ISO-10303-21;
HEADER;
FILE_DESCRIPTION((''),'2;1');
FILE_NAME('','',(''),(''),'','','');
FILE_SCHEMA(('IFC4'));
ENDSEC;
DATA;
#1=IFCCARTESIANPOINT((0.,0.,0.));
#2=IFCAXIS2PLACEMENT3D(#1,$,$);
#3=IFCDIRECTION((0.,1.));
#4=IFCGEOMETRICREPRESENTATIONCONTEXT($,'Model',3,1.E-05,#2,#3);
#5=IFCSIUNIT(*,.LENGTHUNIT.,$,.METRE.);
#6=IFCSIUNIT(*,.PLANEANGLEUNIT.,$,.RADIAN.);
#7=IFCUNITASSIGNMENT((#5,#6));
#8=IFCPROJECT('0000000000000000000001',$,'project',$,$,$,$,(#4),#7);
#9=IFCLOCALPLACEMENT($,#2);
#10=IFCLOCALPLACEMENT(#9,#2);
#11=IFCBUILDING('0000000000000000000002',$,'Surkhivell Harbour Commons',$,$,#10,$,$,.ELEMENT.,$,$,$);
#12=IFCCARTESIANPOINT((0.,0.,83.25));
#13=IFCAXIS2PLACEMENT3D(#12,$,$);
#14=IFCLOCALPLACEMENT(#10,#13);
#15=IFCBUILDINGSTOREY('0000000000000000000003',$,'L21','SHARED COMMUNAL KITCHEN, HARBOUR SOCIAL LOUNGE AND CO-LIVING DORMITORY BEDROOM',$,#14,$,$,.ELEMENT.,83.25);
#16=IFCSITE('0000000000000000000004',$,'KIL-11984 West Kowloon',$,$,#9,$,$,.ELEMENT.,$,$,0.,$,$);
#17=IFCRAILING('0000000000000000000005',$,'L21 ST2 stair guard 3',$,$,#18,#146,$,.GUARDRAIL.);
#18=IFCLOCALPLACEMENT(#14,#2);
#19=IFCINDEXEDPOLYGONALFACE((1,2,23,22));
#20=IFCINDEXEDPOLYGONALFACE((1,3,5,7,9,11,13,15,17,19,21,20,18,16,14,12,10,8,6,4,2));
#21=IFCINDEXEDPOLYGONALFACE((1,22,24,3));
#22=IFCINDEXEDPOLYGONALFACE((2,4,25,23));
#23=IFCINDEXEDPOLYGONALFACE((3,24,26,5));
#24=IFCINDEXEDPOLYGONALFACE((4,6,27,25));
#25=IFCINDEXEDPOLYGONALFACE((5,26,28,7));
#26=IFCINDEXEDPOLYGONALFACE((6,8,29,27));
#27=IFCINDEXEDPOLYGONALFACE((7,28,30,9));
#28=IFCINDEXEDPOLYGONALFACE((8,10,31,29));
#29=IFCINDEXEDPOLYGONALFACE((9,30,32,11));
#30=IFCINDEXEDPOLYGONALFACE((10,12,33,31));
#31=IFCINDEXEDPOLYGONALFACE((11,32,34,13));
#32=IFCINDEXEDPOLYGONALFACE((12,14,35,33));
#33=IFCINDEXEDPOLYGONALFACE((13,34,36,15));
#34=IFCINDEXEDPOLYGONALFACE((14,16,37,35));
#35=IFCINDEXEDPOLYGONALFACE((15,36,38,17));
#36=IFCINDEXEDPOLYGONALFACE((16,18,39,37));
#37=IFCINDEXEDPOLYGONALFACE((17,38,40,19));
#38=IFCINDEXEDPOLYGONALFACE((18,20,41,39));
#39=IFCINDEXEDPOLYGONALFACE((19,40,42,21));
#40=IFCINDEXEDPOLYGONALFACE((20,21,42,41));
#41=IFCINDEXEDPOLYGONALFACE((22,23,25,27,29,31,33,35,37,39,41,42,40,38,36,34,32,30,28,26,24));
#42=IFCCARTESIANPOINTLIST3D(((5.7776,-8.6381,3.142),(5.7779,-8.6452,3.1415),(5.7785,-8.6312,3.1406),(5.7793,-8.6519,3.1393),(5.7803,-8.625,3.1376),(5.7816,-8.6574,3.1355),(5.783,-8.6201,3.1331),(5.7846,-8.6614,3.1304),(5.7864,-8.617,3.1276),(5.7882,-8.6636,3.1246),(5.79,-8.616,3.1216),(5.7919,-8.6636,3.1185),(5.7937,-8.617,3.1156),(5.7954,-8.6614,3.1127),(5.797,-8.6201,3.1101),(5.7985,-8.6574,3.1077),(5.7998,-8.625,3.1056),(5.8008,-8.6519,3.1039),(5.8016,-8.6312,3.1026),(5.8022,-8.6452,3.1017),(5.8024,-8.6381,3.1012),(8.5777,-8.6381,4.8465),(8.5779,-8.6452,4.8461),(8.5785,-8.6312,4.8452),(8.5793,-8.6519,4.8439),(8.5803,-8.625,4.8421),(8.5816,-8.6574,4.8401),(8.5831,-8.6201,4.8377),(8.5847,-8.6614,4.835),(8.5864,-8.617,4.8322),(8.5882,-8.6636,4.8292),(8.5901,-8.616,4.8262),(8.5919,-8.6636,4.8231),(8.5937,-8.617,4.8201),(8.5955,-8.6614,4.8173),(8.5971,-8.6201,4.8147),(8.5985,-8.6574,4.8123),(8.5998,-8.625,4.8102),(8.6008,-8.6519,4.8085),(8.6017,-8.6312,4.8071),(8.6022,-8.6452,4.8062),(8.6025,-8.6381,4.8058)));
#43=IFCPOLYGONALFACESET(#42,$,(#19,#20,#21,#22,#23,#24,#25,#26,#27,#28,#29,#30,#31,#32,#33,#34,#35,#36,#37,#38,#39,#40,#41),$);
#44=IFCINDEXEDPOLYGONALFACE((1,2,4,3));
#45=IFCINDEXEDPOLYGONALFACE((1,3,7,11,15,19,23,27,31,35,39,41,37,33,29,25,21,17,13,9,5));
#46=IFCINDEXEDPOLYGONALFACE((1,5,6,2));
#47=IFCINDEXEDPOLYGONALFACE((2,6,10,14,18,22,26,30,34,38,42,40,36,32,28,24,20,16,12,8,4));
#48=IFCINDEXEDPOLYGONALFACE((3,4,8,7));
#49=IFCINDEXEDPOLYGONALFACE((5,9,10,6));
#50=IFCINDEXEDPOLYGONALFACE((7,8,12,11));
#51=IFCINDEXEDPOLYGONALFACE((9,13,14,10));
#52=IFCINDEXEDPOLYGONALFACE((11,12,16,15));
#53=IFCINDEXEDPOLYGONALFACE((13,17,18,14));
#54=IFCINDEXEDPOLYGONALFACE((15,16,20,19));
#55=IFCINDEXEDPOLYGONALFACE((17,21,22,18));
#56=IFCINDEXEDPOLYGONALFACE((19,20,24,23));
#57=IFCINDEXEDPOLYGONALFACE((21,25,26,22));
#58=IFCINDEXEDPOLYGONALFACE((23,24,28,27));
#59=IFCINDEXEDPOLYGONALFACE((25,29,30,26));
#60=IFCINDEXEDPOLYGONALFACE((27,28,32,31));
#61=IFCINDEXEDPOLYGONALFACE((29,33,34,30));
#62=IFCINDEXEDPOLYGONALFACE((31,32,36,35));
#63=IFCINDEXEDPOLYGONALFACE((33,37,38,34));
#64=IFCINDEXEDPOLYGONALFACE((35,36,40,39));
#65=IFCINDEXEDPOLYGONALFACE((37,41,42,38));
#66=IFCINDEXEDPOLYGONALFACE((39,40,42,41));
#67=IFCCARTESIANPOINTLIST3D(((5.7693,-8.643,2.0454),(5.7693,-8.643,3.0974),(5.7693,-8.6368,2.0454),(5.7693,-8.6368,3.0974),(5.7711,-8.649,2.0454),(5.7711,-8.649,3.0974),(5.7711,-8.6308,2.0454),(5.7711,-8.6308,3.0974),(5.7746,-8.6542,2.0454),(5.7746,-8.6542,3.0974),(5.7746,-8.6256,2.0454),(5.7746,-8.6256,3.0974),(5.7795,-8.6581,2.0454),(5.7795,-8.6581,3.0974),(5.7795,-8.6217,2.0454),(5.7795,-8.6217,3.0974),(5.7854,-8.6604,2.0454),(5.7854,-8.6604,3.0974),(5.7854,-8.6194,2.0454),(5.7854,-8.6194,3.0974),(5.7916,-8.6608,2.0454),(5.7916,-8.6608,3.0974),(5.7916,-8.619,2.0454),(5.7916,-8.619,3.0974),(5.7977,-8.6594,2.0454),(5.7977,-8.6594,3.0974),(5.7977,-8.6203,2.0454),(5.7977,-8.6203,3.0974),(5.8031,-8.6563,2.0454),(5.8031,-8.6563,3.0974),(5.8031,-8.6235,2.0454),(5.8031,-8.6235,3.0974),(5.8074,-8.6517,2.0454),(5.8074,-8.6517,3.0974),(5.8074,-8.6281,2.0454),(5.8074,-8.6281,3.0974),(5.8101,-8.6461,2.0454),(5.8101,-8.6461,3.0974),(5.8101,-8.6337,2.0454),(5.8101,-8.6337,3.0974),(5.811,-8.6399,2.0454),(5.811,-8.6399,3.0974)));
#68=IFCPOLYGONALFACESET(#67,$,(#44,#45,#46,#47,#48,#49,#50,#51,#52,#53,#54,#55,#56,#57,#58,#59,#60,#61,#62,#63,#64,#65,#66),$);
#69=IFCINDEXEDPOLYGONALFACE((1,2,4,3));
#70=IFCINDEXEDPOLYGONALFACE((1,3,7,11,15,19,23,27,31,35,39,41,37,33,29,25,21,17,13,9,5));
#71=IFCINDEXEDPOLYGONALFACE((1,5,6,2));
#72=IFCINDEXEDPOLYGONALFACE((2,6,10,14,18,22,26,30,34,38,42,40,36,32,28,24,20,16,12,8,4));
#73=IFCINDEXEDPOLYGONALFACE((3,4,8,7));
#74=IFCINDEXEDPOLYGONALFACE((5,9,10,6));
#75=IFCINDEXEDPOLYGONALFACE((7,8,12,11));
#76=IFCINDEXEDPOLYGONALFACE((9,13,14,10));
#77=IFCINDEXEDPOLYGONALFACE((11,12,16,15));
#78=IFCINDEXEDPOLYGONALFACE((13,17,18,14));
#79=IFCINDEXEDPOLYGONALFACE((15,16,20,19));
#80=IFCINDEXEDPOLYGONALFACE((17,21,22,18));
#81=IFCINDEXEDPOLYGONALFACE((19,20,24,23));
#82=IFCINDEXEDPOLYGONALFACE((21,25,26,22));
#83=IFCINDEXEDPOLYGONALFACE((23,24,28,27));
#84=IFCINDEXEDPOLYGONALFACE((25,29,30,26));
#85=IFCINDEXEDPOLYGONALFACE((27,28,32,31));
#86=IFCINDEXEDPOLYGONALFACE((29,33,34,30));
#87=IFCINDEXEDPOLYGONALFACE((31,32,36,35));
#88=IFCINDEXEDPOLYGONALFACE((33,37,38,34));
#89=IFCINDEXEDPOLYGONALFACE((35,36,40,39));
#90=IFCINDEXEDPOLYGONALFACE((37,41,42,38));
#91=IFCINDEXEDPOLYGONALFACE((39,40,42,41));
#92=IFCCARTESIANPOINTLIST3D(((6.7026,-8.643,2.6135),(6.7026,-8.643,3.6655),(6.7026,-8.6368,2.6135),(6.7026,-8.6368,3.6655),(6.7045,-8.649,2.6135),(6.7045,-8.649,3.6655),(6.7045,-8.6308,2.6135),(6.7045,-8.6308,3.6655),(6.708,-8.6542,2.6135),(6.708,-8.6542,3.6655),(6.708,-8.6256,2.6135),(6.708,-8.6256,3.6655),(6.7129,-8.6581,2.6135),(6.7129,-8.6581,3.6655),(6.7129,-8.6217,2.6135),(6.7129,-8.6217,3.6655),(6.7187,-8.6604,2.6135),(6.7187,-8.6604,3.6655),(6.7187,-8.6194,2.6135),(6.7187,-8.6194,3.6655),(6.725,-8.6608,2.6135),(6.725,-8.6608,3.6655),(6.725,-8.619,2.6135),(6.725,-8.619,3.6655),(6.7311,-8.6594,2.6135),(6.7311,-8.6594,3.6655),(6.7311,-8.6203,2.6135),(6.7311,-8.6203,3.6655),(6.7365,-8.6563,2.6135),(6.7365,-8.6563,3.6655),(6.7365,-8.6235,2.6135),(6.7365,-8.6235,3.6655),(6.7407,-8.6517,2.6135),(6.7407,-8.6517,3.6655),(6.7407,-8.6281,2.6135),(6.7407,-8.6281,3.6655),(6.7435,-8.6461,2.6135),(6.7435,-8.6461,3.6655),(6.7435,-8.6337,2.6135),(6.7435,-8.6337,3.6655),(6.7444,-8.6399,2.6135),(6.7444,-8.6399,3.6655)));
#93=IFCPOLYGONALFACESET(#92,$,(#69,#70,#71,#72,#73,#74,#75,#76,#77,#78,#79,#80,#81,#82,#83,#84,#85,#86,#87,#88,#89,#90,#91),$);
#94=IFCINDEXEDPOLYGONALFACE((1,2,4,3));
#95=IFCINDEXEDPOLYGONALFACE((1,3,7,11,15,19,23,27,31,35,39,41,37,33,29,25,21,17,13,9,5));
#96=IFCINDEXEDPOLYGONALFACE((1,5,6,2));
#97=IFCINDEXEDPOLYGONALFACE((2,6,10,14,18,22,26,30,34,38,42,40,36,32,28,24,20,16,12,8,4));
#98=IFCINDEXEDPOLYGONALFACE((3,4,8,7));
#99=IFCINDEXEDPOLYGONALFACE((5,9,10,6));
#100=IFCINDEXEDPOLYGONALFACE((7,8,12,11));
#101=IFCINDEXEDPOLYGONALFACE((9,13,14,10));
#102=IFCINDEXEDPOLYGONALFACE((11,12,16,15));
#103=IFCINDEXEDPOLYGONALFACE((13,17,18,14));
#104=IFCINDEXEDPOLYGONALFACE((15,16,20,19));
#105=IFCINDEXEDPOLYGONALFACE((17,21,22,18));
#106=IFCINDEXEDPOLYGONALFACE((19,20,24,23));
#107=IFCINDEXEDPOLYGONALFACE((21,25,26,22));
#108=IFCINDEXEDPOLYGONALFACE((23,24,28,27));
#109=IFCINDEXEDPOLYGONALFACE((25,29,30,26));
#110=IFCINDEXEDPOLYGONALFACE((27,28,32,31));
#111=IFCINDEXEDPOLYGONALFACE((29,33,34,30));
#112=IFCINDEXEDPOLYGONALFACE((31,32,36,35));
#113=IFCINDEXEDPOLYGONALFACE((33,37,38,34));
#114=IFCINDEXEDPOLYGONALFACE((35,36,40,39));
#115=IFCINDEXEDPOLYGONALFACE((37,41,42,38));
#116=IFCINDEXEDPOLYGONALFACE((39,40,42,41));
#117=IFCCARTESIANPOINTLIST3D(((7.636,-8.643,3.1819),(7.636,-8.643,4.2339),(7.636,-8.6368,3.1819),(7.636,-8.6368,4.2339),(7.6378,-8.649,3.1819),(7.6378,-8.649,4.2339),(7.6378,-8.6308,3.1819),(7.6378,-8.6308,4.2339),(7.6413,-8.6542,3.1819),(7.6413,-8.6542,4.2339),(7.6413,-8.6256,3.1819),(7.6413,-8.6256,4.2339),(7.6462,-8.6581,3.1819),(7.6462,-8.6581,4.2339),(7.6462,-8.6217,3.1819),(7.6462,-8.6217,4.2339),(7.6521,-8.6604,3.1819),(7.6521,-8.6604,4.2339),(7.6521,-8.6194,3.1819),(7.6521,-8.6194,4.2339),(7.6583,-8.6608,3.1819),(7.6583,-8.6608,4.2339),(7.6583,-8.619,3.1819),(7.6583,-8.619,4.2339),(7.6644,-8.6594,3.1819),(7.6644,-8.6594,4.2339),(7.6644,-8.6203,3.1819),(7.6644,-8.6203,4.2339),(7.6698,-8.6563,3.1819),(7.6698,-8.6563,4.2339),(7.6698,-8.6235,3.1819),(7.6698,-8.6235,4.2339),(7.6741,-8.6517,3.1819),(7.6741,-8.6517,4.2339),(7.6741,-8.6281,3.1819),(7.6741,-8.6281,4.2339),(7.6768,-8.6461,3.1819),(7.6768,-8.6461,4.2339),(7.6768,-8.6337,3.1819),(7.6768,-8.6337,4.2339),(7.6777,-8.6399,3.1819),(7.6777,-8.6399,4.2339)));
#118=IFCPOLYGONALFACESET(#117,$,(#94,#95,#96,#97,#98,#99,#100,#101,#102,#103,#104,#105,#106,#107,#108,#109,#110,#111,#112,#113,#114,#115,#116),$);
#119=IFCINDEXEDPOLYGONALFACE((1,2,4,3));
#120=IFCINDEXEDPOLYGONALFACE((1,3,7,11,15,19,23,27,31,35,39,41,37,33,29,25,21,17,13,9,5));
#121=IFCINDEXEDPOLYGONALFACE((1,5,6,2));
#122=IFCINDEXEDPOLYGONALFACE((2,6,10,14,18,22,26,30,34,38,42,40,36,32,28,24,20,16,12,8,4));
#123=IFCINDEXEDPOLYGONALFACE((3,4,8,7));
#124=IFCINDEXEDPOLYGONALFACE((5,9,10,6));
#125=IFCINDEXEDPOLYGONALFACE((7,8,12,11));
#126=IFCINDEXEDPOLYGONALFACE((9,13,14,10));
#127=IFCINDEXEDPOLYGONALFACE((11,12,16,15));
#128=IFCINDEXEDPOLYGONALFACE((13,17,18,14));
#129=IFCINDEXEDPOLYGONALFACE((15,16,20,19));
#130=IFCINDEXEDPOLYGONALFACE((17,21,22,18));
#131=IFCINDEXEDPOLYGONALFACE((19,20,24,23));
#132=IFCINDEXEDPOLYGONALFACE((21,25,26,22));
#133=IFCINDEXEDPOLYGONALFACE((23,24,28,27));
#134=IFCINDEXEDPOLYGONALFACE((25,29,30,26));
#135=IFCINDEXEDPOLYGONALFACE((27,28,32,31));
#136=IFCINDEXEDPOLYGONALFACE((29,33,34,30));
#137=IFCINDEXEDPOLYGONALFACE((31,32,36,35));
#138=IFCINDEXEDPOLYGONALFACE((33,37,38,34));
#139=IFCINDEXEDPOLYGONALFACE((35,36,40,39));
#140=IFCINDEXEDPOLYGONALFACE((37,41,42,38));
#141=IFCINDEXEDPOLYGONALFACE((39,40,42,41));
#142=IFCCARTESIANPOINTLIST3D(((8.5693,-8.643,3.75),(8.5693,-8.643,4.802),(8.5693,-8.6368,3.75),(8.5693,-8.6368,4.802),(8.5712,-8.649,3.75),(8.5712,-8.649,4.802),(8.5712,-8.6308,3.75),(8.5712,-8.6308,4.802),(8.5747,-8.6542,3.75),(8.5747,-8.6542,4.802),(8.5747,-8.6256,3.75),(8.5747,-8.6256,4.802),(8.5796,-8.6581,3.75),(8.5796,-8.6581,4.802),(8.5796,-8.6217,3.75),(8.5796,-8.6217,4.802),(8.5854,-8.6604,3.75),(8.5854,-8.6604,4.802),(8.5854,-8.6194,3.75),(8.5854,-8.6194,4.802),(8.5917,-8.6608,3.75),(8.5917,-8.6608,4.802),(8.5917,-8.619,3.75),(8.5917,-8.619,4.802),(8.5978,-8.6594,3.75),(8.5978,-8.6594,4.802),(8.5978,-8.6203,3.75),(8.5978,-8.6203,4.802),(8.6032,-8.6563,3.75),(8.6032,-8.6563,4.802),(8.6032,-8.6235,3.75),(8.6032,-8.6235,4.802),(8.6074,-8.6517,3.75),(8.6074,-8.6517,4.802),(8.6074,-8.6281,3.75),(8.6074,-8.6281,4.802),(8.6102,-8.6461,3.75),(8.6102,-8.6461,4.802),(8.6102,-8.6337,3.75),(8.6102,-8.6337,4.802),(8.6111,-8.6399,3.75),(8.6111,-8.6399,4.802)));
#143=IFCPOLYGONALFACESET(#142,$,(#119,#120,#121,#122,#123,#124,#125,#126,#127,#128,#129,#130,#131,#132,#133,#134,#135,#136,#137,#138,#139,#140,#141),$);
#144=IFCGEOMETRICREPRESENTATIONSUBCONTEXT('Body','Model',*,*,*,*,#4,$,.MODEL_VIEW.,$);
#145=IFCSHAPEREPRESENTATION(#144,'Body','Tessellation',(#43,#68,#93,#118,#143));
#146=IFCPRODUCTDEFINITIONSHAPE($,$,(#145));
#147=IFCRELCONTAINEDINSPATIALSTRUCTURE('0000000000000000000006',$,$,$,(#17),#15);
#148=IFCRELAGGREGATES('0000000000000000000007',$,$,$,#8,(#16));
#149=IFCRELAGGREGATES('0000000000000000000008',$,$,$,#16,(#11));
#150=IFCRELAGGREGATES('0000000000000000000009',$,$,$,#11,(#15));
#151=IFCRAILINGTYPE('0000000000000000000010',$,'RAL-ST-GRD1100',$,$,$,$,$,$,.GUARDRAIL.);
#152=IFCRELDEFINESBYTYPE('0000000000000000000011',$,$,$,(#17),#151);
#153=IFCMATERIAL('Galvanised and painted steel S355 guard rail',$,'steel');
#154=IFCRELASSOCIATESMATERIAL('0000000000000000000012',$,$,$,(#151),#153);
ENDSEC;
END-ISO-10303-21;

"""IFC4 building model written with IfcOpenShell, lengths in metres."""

from ifc_helpers import new_model, si_unit, direction, frame, origin, origin_2d, place, context, subcontext, project, spatial, circle, extrude, material, type_object, element, save


model = new_model("IFC4")

# Units and contexts
model_context = context("Model", 3, precision=1e-05, world=origin(), true_north=direction((0.0, 1.0)))
body_context = subcontext(model_context, "Body", "Model", "MODEL_VIEW")
ifc_project = project(units=[si_unit("LENGTHUNIT", "METRE"), si_unit("PLANEANGLEUNIT", "RADIAN")], contexts=[model_context])

# Site, building, storey
site_placement = place(None, origin())
site = spatial("IfcSite", under=ifc_project, at=site_placement, Name="KIL-11984 West Kowloon", CompositionType="ELEMENT", RefElevation=0.0)
building_placement = place(site_placement, origin())
building = spatial("IfcBuilding", under=site, at=building_placement, Name="Surkhivell Harbour Commons", CompositionType="ELEMENT")
storey_placement = place(building_placement, frame((0.0, 0.0, 83.25)))
storey = spatial("IfcBuildingStorey", under=building, at=storey_placement, Name="L21", Description="SHARED COMMUNAL KITCHEN, HARBOUR SOCIAL LOUNGE AND CO-LIVING DORMITORY BEDROOM", CompositionType="ELEMENT", Elevation=83.25)

# Railing
ifc_material_1 = material(Name="Galvanised and painted steel S355 guard rail", Category="steel")
railing_type_1 = type_object("IfcRailingType", Name="RAL-ST-GRD1100", PredefinedType="GUARDRAIL", material=ifc_material_1)
railing_1_placement = place(storey_placement, frame((5.79, -8.6399, 2.0454)))
element("IfcRailing", 1, at=railing_1_placement, inside=storey, type_object=railing_type_1, Name="L21 ST2 stair guard 3", PredefinedType="GUARDRAIL", context=body_context, shape_type="SweptSolid", body=[
    extrude(circle(Radius=0.0239, at=origin_2d()), frame((0.0, 0.0, 1.0762), z_axis=(0.85417, 0.0, 0.519994), x_axis=(0.0, 1.0, 0.0)), (0.0, 0.0, 1.0), 3.2781),
    extrude(circle(Radius=0.021, at=origin_2d()), origin(), (0.0, 0.0, 1.0), 1.052),
    extrude(circle(Radius=0.021, at=origin_2d()), frame((0.9333, 0.0, 0.5681)), (0.0, 0.0, 1.0), 1.052),
    extrude(circle(Radius=0.021, at=origin_2d()), frame((1.8667, 0.0, 1.1365)), (0.0, 0.0, 1.0), 1.052),
    extrude(circle(Radius=0.021, at=origin_2d()), frame((2.8, 0.0, 1.7046)), (0.0, 0.0, 1.0), 1.052),
])

save(model, "model.ifc")
